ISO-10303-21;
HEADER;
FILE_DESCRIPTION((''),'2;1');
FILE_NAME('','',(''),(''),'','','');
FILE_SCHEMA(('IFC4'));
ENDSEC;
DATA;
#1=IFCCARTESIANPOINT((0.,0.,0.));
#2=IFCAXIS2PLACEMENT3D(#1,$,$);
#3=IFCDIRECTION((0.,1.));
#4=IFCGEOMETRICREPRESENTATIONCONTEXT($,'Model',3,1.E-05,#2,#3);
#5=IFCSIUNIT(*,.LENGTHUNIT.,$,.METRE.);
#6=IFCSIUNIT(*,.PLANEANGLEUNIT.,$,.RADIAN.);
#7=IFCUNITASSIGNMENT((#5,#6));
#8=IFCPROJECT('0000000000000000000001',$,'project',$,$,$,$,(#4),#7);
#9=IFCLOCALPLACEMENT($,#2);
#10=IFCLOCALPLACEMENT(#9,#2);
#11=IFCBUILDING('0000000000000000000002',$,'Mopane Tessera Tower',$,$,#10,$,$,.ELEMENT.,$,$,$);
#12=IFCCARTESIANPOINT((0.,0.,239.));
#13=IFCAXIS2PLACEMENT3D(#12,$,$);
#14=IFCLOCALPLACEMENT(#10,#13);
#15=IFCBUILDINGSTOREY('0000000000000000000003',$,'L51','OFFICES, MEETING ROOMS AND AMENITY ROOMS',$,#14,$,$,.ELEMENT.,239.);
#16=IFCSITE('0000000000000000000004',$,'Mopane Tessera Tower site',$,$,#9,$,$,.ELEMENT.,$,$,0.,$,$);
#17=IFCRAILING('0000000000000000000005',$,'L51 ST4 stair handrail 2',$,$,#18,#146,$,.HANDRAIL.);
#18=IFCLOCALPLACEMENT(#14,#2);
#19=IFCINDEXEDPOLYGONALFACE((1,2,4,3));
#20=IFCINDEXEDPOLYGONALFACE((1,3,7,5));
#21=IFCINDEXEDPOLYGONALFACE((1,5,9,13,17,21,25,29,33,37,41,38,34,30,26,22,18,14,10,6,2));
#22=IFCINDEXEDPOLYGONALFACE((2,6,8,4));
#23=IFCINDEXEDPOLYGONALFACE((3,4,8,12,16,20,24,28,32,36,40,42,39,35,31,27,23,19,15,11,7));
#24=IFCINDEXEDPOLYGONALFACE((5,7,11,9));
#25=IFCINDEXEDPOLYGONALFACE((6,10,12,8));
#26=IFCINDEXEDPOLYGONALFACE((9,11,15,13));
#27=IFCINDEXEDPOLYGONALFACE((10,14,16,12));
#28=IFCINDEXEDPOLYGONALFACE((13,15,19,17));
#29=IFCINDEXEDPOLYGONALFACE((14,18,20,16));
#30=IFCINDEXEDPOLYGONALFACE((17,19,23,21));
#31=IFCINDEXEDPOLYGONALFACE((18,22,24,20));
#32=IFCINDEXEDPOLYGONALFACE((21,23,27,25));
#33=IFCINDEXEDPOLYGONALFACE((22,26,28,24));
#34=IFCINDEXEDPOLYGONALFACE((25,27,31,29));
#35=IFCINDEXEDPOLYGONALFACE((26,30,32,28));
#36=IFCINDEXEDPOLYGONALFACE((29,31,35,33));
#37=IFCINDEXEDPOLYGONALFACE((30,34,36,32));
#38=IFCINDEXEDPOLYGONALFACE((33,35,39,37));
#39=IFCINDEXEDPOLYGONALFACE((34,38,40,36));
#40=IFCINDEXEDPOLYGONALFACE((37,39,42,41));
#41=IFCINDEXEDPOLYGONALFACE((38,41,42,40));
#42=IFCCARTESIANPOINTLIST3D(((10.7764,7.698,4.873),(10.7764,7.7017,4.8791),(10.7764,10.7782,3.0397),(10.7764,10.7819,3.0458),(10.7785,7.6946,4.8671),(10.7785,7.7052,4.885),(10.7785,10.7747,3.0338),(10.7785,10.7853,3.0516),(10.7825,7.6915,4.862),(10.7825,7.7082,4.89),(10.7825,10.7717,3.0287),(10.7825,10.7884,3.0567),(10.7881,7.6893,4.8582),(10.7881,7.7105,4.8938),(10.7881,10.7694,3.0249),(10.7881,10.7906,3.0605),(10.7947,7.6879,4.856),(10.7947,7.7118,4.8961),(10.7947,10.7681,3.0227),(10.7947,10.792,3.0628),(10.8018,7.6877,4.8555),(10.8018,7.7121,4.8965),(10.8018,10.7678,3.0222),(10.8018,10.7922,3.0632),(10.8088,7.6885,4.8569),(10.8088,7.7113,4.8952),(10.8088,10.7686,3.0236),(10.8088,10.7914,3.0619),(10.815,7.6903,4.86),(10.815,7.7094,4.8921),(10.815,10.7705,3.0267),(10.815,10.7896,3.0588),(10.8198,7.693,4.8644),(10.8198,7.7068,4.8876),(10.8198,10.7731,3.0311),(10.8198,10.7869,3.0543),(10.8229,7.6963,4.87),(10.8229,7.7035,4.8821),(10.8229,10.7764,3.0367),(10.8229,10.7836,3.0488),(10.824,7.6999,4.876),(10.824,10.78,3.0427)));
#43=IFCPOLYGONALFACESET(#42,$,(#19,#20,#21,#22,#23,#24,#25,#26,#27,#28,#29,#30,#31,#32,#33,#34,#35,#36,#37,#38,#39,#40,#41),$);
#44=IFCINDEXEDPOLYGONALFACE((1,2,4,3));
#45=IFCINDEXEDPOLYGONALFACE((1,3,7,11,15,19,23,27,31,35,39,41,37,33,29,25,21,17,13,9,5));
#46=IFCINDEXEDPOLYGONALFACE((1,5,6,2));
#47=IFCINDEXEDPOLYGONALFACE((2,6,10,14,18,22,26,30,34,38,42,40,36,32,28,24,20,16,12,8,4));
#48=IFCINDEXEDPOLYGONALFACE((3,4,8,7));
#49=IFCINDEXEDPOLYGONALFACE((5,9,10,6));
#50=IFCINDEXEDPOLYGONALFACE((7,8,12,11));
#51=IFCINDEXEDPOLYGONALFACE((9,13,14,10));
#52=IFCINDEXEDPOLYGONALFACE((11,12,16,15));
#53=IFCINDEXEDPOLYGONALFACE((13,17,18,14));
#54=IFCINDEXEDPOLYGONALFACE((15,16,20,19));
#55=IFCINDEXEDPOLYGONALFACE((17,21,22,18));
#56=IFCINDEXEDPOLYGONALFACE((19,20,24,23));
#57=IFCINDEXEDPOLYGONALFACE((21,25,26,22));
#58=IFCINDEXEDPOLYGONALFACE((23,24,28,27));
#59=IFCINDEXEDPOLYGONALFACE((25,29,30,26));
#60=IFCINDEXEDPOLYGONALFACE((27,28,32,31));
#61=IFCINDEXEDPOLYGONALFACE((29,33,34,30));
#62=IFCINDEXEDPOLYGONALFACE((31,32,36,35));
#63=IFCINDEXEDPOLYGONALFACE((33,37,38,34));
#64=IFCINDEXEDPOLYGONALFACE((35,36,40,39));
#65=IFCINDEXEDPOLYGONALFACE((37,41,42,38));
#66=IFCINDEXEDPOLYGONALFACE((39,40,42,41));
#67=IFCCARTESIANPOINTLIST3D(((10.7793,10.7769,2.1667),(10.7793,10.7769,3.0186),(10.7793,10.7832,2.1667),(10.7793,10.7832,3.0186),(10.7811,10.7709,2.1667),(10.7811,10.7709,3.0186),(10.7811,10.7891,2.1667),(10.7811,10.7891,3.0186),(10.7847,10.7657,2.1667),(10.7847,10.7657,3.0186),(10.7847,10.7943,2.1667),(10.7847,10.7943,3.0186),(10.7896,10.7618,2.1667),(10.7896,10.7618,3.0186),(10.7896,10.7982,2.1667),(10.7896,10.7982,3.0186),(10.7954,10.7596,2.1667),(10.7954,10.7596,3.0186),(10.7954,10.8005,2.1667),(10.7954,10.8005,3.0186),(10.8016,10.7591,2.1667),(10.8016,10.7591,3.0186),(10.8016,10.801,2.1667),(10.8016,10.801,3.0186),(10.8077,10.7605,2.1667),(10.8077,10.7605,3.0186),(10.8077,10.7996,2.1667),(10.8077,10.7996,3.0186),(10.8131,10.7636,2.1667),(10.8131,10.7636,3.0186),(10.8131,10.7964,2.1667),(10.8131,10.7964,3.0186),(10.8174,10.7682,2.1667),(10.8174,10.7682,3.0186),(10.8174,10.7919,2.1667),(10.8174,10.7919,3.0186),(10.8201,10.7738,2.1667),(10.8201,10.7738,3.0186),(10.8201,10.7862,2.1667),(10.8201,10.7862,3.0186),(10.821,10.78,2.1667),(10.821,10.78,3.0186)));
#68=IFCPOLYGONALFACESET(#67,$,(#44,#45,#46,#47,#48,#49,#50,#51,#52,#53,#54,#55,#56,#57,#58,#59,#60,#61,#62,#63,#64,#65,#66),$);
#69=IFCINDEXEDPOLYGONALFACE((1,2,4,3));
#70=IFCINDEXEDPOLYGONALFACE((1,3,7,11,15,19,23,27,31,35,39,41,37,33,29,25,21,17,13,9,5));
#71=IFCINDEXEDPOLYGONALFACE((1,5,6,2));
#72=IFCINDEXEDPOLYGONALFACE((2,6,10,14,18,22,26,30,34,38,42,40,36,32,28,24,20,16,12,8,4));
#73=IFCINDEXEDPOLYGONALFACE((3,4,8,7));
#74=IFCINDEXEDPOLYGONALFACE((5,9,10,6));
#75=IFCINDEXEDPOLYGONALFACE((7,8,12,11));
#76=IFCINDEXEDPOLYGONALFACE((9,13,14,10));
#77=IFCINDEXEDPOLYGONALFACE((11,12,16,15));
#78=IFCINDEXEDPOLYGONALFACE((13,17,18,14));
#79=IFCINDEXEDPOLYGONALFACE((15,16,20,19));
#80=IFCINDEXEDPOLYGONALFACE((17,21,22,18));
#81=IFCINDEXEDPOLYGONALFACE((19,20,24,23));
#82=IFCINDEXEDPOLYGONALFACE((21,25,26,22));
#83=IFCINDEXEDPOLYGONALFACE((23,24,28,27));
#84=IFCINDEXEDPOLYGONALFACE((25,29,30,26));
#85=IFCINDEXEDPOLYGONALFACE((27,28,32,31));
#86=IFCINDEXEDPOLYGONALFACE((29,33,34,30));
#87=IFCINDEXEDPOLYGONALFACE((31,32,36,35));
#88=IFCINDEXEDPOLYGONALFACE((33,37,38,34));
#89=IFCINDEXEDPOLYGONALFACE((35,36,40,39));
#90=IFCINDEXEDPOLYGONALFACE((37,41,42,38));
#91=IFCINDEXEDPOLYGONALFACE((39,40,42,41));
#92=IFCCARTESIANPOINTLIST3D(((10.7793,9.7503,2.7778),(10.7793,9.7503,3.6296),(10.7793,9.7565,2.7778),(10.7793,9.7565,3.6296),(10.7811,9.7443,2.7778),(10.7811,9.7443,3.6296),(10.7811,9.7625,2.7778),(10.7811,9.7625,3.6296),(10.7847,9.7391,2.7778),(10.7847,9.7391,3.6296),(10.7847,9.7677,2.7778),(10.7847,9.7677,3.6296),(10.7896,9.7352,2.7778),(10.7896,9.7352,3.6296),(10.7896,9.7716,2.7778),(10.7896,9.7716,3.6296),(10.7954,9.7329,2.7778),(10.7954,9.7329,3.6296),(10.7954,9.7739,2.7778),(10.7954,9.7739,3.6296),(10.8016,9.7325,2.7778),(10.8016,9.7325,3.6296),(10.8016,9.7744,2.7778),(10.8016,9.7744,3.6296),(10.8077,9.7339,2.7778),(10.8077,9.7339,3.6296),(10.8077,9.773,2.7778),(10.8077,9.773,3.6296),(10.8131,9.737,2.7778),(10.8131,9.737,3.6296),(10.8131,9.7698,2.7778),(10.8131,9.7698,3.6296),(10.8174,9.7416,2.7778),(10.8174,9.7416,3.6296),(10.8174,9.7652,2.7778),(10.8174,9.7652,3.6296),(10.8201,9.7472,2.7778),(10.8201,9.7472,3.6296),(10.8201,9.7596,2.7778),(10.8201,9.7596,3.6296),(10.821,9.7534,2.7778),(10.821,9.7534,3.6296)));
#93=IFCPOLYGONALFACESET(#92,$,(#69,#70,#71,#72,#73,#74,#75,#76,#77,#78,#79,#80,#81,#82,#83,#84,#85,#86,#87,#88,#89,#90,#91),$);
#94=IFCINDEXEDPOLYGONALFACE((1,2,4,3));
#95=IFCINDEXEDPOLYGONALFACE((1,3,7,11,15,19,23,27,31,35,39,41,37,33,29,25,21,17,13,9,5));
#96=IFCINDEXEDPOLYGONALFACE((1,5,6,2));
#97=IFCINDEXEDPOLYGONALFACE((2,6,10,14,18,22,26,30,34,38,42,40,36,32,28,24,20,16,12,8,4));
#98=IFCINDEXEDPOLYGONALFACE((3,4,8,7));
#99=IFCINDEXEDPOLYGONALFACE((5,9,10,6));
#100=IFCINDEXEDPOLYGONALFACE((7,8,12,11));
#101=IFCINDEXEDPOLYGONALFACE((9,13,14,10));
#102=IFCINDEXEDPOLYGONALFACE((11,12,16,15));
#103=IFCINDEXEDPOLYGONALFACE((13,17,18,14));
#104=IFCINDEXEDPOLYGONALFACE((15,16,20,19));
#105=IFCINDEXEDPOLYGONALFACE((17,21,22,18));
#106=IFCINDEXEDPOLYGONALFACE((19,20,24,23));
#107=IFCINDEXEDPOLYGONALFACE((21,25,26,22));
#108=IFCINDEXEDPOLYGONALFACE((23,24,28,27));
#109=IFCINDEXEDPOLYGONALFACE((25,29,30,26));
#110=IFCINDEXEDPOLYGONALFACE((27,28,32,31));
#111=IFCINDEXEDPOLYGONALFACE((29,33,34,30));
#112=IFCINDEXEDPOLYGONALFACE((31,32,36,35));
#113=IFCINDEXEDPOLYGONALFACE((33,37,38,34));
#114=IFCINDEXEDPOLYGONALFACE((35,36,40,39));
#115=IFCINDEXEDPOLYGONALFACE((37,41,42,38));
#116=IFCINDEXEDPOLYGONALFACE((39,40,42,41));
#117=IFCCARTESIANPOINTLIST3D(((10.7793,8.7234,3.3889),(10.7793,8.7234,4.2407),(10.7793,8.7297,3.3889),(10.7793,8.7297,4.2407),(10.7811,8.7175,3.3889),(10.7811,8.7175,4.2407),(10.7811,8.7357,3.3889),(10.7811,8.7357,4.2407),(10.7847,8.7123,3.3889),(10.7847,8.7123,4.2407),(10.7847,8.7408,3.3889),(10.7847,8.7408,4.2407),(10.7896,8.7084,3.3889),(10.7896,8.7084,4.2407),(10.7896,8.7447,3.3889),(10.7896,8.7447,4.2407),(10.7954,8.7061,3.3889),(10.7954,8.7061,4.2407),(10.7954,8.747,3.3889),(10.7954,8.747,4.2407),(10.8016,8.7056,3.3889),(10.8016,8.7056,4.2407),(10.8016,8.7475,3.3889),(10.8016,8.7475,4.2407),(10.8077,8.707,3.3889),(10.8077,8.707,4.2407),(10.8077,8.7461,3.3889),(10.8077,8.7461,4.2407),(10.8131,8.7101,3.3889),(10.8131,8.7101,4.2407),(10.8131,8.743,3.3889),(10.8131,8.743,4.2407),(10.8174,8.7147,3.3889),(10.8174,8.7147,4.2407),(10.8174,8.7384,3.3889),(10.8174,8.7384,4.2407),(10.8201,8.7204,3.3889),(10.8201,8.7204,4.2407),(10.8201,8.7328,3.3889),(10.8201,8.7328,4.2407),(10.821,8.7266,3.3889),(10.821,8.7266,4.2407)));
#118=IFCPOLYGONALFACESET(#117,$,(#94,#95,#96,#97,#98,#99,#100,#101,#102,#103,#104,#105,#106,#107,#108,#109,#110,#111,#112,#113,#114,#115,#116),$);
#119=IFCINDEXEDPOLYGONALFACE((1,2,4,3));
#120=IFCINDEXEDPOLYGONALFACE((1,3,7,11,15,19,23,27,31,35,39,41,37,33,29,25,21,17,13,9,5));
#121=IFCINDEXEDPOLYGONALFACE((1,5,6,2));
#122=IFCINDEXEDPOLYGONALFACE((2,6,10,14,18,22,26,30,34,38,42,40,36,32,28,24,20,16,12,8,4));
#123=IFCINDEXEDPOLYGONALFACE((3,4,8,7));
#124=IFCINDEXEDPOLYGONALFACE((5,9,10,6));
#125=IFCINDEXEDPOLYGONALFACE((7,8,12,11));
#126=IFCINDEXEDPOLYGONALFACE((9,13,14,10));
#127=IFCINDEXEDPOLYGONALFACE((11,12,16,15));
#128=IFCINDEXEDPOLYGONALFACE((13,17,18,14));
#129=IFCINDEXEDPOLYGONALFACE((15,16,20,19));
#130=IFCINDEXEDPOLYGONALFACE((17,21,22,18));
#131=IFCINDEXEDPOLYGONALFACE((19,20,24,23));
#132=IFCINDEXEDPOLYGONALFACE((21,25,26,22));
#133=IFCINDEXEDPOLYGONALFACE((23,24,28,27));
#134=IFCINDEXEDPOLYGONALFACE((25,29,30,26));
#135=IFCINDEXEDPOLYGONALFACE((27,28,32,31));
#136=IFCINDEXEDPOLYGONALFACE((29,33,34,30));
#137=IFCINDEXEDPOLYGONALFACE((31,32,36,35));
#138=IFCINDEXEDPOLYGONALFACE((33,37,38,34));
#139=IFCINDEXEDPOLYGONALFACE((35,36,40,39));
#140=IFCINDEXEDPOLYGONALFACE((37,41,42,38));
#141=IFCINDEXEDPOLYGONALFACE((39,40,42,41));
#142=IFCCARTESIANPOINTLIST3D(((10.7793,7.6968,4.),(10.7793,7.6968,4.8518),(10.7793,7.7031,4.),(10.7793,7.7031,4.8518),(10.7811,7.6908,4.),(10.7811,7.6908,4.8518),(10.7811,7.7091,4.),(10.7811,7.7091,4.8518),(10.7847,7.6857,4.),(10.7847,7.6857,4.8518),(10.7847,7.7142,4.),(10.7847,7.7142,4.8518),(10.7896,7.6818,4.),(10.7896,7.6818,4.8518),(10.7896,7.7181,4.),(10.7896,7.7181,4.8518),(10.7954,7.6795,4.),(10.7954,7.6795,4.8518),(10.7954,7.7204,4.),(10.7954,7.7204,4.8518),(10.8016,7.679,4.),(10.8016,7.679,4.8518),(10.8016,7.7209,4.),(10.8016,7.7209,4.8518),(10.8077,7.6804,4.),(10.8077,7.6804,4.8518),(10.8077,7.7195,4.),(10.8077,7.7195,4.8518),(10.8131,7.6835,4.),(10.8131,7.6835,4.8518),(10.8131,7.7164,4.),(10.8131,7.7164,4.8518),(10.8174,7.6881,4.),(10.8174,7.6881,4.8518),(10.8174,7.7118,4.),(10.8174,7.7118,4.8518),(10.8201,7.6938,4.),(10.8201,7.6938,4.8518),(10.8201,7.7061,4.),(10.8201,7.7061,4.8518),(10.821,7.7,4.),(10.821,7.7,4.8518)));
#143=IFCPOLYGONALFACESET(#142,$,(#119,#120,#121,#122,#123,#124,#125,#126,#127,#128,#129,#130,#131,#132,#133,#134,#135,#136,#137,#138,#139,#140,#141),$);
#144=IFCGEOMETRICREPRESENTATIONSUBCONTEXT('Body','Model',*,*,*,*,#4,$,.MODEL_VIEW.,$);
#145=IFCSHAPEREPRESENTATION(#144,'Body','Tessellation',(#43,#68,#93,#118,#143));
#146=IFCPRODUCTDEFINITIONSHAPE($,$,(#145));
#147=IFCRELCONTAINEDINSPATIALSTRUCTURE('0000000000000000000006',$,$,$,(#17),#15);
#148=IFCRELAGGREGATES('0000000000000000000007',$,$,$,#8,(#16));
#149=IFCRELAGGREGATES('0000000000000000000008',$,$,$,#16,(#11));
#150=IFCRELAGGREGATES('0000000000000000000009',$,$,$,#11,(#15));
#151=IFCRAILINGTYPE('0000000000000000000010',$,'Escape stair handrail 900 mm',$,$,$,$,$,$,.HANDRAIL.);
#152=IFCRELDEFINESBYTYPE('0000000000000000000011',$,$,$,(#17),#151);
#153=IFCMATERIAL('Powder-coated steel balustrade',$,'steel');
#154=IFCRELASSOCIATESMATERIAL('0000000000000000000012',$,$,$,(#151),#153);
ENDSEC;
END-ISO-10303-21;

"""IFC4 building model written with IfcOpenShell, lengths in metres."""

from ifc_helpers import new_model, si_unit, direction, frame, origin, origin_2d, place, context, subcontext, project, spatial, circle, extrude, material, type_object, element, save


model = new_model("IFC4")

# Units and contexts
model_context = context("Model", 3, precision=1e-05, world=origin(), true_north=direction((0.0, 1.0)))
body_context = subcontext(model_context, "Body", "Model", "MODEL_VIEW")
ifc_project = project(units=[si_unit("LENGTHUNIT", "METRE"), si_unit("PLANEANGLEUNIT", "RADIAN")], contexts=[model_context])

# Site, building, storey
site_placement = place(None, origin())
site = spatial("IfcSite", under=ifc_project, at=site_placement, Name="Mopane Tessera Tower site", CompositionType="ELEMENT", RefElevation=0.0)
building_placement = place(site_placement, origin())
building = spatial("IfcBuilding", under=site, at=building_placement, Name="Mopane Tessera Tower", CompositionType="ELEMENT")
storey_placement = place(building_placement, frame((0.0, 0.0, 239.0)))
storey = spatial("IfcBuildingStorey", under=building, at=storey_placement, Name="L51", Description="OFFICES, MEETING ROOMS AND AMENITY ROOMS", CompositionType="ELEMENT", Elevation=239.0)

# Railing
ifc_material_1 = material(Name="Powder-coated steel balustrade", Category="steel")
railing_type_1 = type_object("IfcRailingType", Name="Escape stair handrail 900 mm", PredefinedType="HANDRAIL", material=ifc_material_1)
railing_1_placement = place(storey_placement, frame((10.8, 10.78, 2.1667)))
element("IfcRailing", 1, at=railing_1_placement, inside=storey, type_object=railing_type_1, Name="L51 ST4 stair handrail 2", PredefinedType="HANDRAIL", context=body_context, shape_type="SweptSolid", body=[
    extrude(circle(Radius=0.0239, at=origin_2d()), frame((0.0, 0.0, 0.876), z_axis=(0.0, -0.859309, 0.511458), x_axis=(1.0, 0.0, 0.0)), (0.0, 0.0, 1.0), 3.5845),
    extrude(circle(Radius=0.021, at=origin_2d()), origin(), (0.0, 0.0, 1.0), 0.8518),
    extrude(circle(Radius=0.021, at=origin_2d()), frame((0.0, -1.0266, 0.6111)), (0.0, 0.0, 1.0), 0.8518),
    extrude(circle(Radius=0.021, at=origin_2d()), frame((0.0, -2.0535, 1.2222)), (0.0, 0.0, 1.0), 0.8518),
    extrude(circle(Radius=0.021, at=origin_2d()), frame((0.0, -3.0801, 1.8333)), (0.0, 0.0, 1.0), 0.8518),
])

save(model, "model.ifc")
